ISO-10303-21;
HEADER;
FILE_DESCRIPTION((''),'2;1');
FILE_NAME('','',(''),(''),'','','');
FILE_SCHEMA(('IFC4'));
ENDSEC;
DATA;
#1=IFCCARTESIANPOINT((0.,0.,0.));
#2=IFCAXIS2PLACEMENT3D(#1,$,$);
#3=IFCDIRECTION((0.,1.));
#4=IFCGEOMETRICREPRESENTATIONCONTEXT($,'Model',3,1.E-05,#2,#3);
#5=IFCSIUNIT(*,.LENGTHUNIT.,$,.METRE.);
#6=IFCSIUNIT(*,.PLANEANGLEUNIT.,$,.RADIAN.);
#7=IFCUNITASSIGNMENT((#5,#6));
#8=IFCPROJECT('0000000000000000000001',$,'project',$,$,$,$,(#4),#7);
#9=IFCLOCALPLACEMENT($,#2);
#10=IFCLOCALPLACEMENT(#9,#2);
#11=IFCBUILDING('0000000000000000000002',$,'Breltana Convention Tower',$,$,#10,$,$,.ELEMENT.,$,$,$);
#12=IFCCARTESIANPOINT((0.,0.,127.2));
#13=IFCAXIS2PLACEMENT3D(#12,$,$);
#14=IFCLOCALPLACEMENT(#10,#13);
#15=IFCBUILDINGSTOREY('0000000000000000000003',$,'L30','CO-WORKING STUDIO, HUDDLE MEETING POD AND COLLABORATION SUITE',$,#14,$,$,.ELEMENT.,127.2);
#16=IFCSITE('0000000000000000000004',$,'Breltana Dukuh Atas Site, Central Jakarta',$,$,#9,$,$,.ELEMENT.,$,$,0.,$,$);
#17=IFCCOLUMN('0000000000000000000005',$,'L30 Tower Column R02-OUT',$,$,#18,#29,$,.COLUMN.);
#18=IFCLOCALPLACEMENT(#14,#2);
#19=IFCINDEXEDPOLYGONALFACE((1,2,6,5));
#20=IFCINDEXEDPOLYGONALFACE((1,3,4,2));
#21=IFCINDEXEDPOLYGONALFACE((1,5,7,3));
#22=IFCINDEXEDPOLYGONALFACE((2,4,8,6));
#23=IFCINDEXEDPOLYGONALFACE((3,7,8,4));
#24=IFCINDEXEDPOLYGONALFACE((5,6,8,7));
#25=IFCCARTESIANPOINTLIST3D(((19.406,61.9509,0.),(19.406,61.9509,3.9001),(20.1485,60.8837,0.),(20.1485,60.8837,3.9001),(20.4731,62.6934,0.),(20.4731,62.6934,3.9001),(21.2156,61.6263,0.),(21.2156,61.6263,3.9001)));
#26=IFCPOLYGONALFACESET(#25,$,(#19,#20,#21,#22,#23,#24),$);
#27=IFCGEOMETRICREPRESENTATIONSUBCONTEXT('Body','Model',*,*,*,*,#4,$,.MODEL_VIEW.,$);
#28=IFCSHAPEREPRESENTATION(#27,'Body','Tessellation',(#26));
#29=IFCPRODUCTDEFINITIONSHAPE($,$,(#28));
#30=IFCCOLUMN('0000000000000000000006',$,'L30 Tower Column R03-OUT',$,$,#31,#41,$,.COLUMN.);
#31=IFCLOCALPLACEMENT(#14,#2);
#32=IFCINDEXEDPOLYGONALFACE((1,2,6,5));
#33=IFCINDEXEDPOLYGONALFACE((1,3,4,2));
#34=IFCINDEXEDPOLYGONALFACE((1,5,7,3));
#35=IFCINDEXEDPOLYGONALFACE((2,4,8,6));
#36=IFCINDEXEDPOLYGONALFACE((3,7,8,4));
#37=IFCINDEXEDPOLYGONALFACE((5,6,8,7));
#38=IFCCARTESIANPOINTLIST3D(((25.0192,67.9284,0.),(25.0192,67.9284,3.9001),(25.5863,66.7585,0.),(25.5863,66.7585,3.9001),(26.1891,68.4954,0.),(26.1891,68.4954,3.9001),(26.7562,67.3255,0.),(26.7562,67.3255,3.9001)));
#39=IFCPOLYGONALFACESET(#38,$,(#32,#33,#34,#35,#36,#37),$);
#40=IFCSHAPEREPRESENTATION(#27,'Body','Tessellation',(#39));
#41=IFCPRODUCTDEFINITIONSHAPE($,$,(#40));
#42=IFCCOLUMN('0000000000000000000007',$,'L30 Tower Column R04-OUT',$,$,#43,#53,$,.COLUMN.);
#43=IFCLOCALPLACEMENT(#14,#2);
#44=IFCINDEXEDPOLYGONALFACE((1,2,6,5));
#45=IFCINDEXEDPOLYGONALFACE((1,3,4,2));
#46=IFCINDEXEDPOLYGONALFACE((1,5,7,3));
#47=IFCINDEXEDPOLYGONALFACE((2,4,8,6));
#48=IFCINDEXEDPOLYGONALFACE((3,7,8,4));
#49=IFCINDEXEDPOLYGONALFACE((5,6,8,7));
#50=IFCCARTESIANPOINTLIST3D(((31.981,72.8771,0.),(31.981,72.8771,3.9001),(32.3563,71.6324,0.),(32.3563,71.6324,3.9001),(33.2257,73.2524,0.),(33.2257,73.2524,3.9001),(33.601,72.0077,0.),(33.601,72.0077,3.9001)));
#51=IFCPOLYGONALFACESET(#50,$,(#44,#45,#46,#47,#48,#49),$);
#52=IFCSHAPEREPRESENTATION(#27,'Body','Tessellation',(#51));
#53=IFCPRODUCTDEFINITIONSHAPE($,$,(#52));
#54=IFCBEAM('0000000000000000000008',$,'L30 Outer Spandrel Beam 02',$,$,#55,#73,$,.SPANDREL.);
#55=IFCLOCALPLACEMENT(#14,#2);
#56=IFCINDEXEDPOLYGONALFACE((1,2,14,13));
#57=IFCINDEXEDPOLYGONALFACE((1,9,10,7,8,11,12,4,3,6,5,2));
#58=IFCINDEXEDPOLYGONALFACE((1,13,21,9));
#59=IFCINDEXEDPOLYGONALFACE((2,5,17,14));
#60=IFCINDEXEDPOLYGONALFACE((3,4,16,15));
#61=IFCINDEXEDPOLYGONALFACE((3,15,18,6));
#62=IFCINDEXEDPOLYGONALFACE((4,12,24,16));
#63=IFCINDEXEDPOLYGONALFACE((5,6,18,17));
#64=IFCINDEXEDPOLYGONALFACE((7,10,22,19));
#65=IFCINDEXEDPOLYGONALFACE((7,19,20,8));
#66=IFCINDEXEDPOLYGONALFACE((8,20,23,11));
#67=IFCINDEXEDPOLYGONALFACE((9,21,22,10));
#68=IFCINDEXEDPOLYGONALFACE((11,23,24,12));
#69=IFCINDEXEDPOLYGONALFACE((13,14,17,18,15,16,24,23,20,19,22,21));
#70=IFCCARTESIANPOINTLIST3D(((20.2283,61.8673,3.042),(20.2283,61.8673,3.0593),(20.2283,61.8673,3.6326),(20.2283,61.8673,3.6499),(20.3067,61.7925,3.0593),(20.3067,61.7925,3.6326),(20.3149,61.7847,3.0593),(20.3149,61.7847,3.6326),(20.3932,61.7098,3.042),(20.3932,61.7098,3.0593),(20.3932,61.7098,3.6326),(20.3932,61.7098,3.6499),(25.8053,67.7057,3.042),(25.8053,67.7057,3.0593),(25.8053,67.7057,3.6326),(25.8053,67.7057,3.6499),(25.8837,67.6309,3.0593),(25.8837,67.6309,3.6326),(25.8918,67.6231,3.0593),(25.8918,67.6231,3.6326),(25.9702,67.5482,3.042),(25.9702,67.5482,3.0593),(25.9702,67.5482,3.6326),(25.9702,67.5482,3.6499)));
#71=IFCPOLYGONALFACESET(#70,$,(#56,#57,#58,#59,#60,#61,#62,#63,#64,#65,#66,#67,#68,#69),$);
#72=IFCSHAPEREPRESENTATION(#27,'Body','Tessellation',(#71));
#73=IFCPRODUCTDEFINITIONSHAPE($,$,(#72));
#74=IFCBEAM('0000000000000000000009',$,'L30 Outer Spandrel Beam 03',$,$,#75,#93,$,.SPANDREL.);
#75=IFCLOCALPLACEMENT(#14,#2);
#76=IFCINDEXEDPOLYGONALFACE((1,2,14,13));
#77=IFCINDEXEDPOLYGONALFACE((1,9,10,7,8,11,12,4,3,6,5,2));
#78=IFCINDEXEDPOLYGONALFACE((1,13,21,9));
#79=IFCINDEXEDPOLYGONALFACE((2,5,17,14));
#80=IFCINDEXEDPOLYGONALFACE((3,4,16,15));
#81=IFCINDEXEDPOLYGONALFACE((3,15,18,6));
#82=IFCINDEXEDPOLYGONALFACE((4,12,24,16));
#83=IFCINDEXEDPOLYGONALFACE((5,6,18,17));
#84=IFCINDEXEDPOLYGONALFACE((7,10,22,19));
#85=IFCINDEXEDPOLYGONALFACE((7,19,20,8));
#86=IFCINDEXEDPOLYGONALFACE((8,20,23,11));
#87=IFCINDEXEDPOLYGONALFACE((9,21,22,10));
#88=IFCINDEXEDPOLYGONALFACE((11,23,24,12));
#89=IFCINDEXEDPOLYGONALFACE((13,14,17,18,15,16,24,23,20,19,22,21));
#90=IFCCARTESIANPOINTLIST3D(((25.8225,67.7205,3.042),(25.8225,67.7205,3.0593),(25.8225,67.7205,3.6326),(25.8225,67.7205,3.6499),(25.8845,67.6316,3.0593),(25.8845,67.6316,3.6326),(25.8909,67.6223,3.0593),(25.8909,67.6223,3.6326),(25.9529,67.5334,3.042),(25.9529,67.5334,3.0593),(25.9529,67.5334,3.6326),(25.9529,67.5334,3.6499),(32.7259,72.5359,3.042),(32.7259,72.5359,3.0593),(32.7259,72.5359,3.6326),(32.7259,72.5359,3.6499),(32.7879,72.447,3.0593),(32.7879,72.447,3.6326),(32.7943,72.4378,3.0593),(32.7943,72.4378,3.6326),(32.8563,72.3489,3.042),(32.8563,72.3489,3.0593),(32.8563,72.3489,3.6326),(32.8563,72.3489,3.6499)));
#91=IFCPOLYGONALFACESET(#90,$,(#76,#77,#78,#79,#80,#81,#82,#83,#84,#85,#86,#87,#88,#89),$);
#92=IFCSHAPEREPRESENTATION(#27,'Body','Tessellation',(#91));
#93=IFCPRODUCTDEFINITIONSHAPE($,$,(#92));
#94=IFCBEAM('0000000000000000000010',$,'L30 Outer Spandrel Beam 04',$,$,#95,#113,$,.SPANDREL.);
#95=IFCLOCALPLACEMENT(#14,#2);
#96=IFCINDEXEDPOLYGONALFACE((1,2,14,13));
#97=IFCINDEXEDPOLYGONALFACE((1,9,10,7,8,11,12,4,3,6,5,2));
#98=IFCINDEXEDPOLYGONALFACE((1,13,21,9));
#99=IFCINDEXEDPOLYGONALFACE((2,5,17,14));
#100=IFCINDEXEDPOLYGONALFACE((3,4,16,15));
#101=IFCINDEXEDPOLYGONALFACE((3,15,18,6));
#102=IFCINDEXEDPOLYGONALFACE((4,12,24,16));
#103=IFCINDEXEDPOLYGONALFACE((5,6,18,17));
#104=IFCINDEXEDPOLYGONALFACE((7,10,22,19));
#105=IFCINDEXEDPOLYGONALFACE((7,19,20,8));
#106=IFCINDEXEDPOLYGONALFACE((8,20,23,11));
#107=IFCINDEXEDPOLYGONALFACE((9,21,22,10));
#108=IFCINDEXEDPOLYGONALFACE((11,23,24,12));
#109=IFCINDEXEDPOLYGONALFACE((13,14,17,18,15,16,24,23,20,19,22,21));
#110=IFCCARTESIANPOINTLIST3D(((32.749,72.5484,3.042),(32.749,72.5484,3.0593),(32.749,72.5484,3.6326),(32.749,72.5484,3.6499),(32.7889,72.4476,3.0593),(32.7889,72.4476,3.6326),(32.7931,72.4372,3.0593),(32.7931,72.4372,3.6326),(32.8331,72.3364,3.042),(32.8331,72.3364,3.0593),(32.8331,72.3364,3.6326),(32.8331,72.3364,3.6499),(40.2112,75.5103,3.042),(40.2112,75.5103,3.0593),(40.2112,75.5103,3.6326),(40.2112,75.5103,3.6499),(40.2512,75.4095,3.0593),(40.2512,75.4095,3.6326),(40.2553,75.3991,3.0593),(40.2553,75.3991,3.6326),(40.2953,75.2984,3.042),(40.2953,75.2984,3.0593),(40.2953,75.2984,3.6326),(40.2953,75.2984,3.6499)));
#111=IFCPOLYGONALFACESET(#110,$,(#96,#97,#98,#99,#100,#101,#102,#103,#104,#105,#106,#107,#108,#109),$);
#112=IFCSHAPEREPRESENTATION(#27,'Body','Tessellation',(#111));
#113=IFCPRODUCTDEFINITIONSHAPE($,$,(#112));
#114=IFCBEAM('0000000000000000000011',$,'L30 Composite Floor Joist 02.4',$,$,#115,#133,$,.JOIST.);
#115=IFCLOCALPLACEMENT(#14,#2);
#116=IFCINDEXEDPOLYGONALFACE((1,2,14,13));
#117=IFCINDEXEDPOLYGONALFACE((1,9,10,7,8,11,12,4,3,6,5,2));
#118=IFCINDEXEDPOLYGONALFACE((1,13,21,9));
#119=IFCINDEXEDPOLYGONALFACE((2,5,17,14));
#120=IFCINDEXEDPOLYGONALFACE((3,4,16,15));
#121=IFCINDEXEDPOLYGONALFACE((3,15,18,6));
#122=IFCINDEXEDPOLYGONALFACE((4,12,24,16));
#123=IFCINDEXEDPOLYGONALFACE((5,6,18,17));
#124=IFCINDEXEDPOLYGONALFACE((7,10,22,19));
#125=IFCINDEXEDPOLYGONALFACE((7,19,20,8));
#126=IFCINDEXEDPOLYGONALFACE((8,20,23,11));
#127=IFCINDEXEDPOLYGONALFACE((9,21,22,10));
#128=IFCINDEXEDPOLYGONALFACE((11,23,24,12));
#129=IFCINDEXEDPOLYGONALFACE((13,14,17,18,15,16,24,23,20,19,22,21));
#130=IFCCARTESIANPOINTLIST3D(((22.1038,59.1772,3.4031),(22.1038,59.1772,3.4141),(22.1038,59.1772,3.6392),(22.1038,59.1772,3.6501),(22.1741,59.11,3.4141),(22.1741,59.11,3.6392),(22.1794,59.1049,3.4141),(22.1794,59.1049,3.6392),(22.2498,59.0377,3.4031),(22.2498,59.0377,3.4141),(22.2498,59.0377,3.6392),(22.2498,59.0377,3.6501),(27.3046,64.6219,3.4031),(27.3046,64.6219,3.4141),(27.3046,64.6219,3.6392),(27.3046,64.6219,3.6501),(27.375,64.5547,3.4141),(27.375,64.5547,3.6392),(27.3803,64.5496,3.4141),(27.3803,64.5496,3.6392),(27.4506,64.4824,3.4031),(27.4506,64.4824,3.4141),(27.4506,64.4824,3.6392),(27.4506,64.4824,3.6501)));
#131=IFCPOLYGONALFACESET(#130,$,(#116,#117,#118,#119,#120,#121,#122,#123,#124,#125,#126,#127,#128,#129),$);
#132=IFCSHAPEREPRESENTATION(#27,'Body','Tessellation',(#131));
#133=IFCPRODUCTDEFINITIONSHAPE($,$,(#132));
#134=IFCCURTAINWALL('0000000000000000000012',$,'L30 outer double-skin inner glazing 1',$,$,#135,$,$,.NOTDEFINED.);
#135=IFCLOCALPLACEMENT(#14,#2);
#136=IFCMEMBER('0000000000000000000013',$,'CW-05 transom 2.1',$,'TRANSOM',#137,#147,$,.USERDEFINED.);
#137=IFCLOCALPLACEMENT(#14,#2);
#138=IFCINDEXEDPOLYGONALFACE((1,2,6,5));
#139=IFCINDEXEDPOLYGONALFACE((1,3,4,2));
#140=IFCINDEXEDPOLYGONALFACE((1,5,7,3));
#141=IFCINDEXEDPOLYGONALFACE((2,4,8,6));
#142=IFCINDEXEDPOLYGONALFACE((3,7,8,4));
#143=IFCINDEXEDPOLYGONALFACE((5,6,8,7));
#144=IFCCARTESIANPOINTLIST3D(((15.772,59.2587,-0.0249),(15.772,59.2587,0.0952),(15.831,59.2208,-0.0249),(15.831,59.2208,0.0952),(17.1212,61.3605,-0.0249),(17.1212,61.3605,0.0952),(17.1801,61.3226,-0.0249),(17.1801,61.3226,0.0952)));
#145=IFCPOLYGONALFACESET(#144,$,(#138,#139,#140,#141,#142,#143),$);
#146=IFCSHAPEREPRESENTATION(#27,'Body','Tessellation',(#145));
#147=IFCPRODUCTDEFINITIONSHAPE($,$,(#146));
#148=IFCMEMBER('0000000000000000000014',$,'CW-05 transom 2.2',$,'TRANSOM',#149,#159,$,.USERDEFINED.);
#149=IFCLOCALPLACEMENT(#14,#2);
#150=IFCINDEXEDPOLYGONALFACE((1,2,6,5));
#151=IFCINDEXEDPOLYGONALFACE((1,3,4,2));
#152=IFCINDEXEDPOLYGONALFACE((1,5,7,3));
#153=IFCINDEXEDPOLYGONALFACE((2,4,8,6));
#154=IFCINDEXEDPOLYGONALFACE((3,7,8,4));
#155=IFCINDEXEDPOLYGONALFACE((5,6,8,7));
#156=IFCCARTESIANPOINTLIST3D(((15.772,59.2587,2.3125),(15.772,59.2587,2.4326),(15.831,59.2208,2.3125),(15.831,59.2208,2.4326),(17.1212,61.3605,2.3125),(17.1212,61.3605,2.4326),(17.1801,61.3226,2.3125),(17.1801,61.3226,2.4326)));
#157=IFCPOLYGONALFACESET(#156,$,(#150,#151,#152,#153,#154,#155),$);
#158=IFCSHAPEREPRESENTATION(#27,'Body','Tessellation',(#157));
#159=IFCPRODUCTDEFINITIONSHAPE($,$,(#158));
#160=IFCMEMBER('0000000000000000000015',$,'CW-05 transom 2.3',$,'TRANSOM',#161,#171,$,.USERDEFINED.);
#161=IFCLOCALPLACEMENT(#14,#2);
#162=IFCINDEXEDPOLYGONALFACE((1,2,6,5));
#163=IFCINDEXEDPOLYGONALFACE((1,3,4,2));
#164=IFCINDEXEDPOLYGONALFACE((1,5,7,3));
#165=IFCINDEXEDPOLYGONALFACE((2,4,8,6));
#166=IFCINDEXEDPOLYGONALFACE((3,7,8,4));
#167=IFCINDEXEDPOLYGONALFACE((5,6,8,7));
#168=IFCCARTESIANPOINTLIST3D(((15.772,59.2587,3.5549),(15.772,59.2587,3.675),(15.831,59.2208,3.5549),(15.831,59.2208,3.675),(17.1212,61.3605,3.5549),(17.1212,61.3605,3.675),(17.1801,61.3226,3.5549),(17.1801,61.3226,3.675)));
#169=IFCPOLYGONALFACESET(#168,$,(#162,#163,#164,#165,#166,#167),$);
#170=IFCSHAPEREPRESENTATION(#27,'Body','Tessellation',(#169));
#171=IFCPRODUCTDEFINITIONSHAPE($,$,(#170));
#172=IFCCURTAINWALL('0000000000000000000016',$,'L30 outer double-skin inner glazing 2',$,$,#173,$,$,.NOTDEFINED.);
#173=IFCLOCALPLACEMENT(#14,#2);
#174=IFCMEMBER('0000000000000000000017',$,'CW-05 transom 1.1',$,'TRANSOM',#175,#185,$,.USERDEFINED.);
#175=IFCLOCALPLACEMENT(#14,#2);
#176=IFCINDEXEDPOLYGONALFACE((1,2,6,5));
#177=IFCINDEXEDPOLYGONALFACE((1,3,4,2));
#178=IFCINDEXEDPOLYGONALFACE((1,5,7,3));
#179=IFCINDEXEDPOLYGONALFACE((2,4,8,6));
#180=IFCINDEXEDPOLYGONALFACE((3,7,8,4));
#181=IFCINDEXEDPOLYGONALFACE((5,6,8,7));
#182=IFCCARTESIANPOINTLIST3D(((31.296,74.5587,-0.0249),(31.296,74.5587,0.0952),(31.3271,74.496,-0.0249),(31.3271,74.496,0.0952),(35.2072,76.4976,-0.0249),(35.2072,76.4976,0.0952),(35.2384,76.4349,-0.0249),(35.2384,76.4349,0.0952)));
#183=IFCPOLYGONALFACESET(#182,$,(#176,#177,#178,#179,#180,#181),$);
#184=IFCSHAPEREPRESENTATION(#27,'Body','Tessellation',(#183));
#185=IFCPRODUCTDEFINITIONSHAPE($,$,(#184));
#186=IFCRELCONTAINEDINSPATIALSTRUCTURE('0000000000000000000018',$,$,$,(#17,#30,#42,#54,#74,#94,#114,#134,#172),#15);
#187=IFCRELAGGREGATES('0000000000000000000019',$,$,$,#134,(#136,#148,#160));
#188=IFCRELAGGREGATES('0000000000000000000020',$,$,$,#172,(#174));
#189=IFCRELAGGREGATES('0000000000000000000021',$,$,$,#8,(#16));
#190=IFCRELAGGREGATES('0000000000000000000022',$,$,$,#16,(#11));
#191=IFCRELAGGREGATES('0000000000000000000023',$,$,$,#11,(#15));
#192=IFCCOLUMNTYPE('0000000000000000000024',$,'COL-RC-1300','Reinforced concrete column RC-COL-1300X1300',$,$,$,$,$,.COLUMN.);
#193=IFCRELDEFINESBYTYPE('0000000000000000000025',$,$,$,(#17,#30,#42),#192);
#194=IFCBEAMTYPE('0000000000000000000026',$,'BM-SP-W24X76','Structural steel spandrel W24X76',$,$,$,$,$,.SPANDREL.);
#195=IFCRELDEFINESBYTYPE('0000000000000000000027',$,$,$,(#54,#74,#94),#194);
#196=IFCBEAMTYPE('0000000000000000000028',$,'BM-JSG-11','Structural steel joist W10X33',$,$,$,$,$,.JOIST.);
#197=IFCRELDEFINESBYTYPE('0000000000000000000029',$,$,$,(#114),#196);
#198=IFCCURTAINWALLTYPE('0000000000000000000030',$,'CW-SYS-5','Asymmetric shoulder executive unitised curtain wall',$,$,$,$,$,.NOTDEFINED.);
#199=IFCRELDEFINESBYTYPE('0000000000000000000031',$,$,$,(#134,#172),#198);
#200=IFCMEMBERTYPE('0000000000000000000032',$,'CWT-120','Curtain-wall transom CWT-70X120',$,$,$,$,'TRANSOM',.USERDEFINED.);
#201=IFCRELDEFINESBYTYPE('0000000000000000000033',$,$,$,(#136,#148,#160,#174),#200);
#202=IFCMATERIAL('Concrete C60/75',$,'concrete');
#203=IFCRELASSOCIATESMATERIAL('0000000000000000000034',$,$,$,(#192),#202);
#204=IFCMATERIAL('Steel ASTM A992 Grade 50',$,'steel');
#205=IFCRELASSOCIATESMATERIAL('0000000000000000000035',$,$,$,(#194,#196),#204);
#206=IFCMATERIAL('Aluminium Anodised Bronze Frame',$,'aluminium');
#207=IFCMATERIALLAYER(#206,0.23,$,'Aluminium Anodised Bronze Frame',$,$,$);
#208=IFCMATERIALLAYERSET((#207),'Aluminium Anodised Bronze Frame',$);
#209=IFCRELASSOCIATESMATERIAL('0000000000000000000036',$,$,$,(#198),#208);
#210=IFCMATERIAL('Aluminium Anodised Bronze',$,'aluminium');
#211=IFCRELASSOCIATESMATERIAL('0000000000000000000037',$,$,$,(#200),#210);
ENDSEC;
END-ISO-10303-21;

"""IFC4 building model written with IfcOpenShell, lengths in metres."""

from ifc_helpers import new_model, si_unit, direction, frame, origin, origin_2d, place, context, subcontext, project, spatial, rectangle, i_section, extrude, source, transform, mapped, material, layer, layer_set, material_profile, profile_set, type_object, element, aggregate, save


model = new_model("IFC4")

# Units and contexts
model_context = context("Model", 3, precision=1e-05, world=origin(), true_north=direction((0.0, 1.0)))
body_context = subcontext(model_context, "Body", "Model", "MODEL_VIEW")
ifc_project = project(units=[si_unit("LENGTHUNIT", "METRE"), si_unit("PLANEANGLEUNIT", "RADIAN")], contexts=[model_context])

# Site, building, storey
site_placement = place(None, origin())
site = spatial("IfcSite", under=ifc_project, at=site_placement, Name="Breltana Dukuh Atas Site, Central Jakarta", CompositionType="ELEMENT", RefElevation=0.0)
building_placement = place(site_placement, origin())
building = spatial("IfcBuilding", under=site, at=building_placement, Name="Breltana Convention Tower", CompositionType="ELEMENT")
storey_placement = place(building_placement, frame((0.0, 0.0, 127.2)))
storey = spatial("IfcBuildingStorey", under=building, at=storey_placement, Name="L30", Description="CO-WORKING STUDIO, HUDDLE MEETING POD AND COLLABORATION SUITE", CompositionType="ELEMENT", Elevation=127.2)

# Columns
ifc_material_1 = material(Name="Concrete C60/75", Category="concrete")
ifc_material_profile_1 = material_profile(ifc_material_1, rectangle(XDim=1.3, YDim=1.3, at=origin_2d()), Name="RC-COL-1300X1300")
ifc_profile_set_1 = profile_set([ifc_material_profile_1], Name="Concrete C60/75")
column_type = type_object("IfcColumnType", Name="COL-RC-1300", Description="Reinforced concrete column RC-COL-1300X1300", PredefinedType="COLUMN", material=ifc_profile_set_1)
shared_shape_1 = source(origin(), body_context, "Body", "SweptSolid", [
    extrude(rectangle(XDim=1.3, YDim=1.3, at=origin_2d()), origin(), (0.0, 0.0, 1.0), 3.9001),
])
for number, where, z_axis, x_axis, name in (
    (1, (20.3108, 61.7886, 0.0), (0.0, 0.0, 1.0), (-0.571143, 0.82085, 0.0), "L30 Tower Column R02-OUT"),
    (2, (25.8877, 67.627, 0.0), (0.0, 0.0, 1.0), (-0.436174, 0.899863, 0.0), "L30 Tower Column R03-OUT"),
    (3, (32.791, 72.4424, 0.0), (0.0, 0.0, 1.0), (-0.288698, 0.95742, 0.0), "L30 Tower Column R04-OUT"),
):
    element("IfcColumn", number, at=place(storey_placement, frame(where, z_axis=z_axis, x_axis=x_axis)), inside=storey, type_object=column_type, Name=name, PredefinedType="COLUMN", context=body_context, shape_type="MappedRepresentation", body=[
        mapped(shared_shape_1, transform((0.0, 0.0, 0.0), scale=1.0)),
    ])

# Beams
ifc_material_2 = material(Name="Steel ASTM A992 Grade 50", Category="steel")
ifc_material_profile_2 = material_profile(ifc_material_2, i_section(OverallWidth=0.228, OverallDepth=0.6079, WebThickness=0.0112, FlangeThickness=0.0173, at=origin_2d()), Name="W24X76")
ifc_profile_set_2 = profile_set([ifc_material_profile_2], Name="Steel ASTM A992 Grade 50")
beam_type_1 = type_object("IfcBeamType", Name="BM-SP-W24X76", Description="Structural steel spandrel W24X76", PredefinedType="SPANDREL", material=ifc_profile_set_2)
shared_shape_2 = source(origin(), body_context, "Body", "SweptSolid", [
    extrude(i_section(OverallWidth=0.228, OverallDepth=0.6079, WebThickness=0.0112, FlangeThickness=0.0173, at=origin_2d()), origin(), (0.0, 0.0, 1.0), 8.074),
])
beam_1_placement = place(storey_placement, frame((20.3108, 61.7886, 3.3459), z_axis=(0.690729, 0.723114, 0.0), x_axis=(-0.723114, 0.690729, 0.0)))
element("IfcBeam", 4, at=beam_1_placement, inside=storey, type_object=beam_type_1, Name="L30 Outer Spandrel Beam 02", PredefinedType="SPANDREL", context=body_context, shape_type="MappedRepresentation", body=[
    mapped(shared_shape_2, transform((0.0, 0.0, 0.0), scale=1.0)),
])
shared_shape_3 = source(origin(), body_context, "Body", "SweptSolid", [
    extrude(i_section(OverallWidth=0.228, OverallDepth=0.6079, WebThickness=0.0112, FlangeThickness=0.0173, at=origin_2d()), origin(), (0.0, 0.0, 1.0), 8.417),
])
beam_2_placement = place(storey_placement, frame((25.8877, 67.627, 3.3459), z_axis=(0.820174, 0.572114, 0.0), x_axis=(-0.572114, 0.820174, 0.0)))
element("IfcBeam", 5, at=beam_2_placement, inside=storey, type_object=beam_type_1, Name="L30 Outer Spandrel Beam 03", PredefinedType="SPANDREL", context=body_context, shape_type="MappedRepresentation", body=[
    mapped(shared_shape_3, transform((0.0, 0.0, 0.0), scale=1.0)),
])
shared_shape_4 = source(origin(), body_context, "Body", "SweptSolid", [
    extrude(i_section(OverallWidth=0.228, OverallDepth=0.6079, WebThickness=0.0112, FlangeThickness=0.0173, at=origin_2d()), origin(), (0.0, 0.0, 1.0), 8.0286),
])
beam_3_placement = place(storey_placement, frame((32.791, 72.4424, 3.3459), z_axis=(0.929459, 0.368925, 0.0), x_axis=(-0.368925, 0.929459, 0.0)))
element("IfcBeam", 6, at=beam_3_placement, inside=storey, type_object=beam_type_1, Name="L30 Outer Spandrel Beam 04", PredefinedType="SPANDREL", context=body_context, shape_type="MappedRepresentation", body=[
    mapped(shared_shape_4, transform((0.0, 0.0, 0.0), scale=1.0)),
])
ifc_material_profile_3 = material_profile(ifc_material_2, i_section(OverallWidth=0.2019, OverallDepth=0.2471, WebThickness=0.0073, FlangeThickness=0.011, at=origin_2d()), Name="W10X33")
ifc_profile_set_3 = profile_set([ifc_material_profile_3], Name="Steel ASTM A992 Grade 50")
beam_type_2 = type_object("IfcBeamType", Name="BM-JSG-11", Description="Structural steel joist W10X33", PredefinedType="JOIST", material=ifc_profile_set_3)
shared_shape_5 = source(origin(), body_context, "Body", "SweptSolid", [
    extrude(i_section(OverallWidth=0.2019, OverallDepth=0.2471, WebThickness=0.0073, FlangeThickness=0.011, at=origin_2d()), origin(), (0.0, 0.0, 1.0), 7.5295),
])
beam_4_placement = place(storey_placement, frame((22.1768, 59.1074, 3.5266), z_axis=(0.690726, 0.723117, 0.0), x_axis=(-0.723117, 0.690726, 0.0)))
element("IfcBeam", 7, at=beam_4_placement, inside=storey, type_object=beam_type_2, Name="L30 Composite Floor Joist 02.4", PredefinedType="JOIST", context=body_context, shape_type="MappedRepresentation", body=[
    mapped(shared_shape_5, transform((0.0, 0.0, 0.0), scale=1.0)),
])

# Curtain walls, members
ifc_material_3 = material(Name="Aluminium Anodised Bronze Frame", Category="aluminium")
ifc_layer_1 = layer(ifc_material_3, 0.23, Name="Aluminium Anodised Bronze Frame")
ifc_layer_set_1 = layer_set([ifc_layer_1], Name="Aluminium Anodised Bronze Frame")
curtain_wall_type = type_object("IfcCurtainWallType", Name="CW-SYS-5", Description="Asymmetric shoulder executive unitised curtain wall", PredefinedType="NOTDEFINED", material=ifc_layer_set_1)
curtain_wall_1_placement = place(storey_placement, origin())
curtain_wall_1 = element("IfcCurtainWall", 8, at=curtain_wall_1_placement, inside=storey, type_object=curtain_wall_type, Name="L30 outer double-skin inner glazing 1", PredefinedType="NOTDEFINED")
ifc_material_4 = material(Name="Aluminium Anodised Bronze", Category="aluminium")
ifc_material_profile_4 = material_profile(ifc_material_4, rectangle(XDim=0.0701, YDim=0.1201, at=origin_2d()), Name="CWT-70X120")
ifc_profile_set_4 = profile_set([ifc_material_profile_4], Name="Aluminium Anodised Bronze")
member_type_1 = type_object("IfcMemberType", Name="CWT-120", Description="Curtain-wall transom CWT-70X120", ElementType="TRANSOM", PredefinedType="USERDEFINED", material=ifc_profile_set_4)
shared_shape_6 = source(origin(), body_context, "Body", "SweptSolid", [
    extrude(rectangle(XDim=0.0701, YDim=0.1201, at=origin_2d()), origin(), (0.0, 0.0, 1.0), 2.4976),
])
member_1_placement = place(storey_placement, frame((15.8015, 59.2397, 0.0352), z_axis=(0.540179, 0.84155, 0.0), x_axis=(-0.84155, 0.540179, 0.0)))
member_1 = element("IfcMember", 9, at=member_1_placement, type_object=member_type_1, Name="CW-05 transom 2.1", ObjectType="TRANSOM", PredefinedType="USERDEFINED", context=body_context, shape_type="MappedRepresentation", body=[
    mapped(shared_shape_6, transform((0.0, 0.0, 0.0), scale=1.0)),
])
member_2_placement = place(storey_placement, frame((15.8015, 59.2397, 2.3726), z_axis=(0.540179, 0.84155, 0.0), x_axis=(-0.84155, 0.540179, 0.0)))
member_2 = element("IfcMember", 10, at=member_2_placement, type_object=member_type_1, Name="CW-05 transom 2.2", ObjectType="TRANSOM", PredefinedType="USERDEFINED", context=body_context, shape_type="MappedRepresentation", body=[
    mapped(shared_shape_6, transform((0.0, 0.0, 0.0), scale=1.0)),
])
member_3_placement = place(storey_placement, frame((15.8015, 59.2397, 3.615), z_axis=(0.540179, 0.84155, 0.0), x_axis=(-0.84155, 0.540179, 0.0)))
member_3 = element("IfcMember", 11, at=member_3_placement, type_object=member_type_1, Name="CW-05 transom 2.3", ObjectType="TRANSOM", PredefinedType="USERDEFINED", context=body_context, shape_type="MappedRepresentation", body=[
    mapped(shared_shape_6, transform((0.0, 0.0, 0.0), scale=1.0)),
])
curtain_wall_2_placement = place(storey_placement, origin())
curtain_wall_2 = element("IfcCurtainWall", 12, at=curtain_wall_2_placement, inside=storey, type_object=curtain_wall_type, Name="L30 outer double-skin inner glazing 2", PredefinedType="NOTDEFINED")
shared_shape_7 = source(origin(), body_context, "Body", "SweptSolid", [
    extrude(rectangle(XDim=0.0701, YDim=0.1201, at=origin_2d()), origin(), (0.0, 0.0, 1.0), 4.3655),
])
member_4_placement = place(storey_placement, frame((31.3115, 74.5273, 0.0352), z_axis=(0.895954, 0.444146, 0.0), x_axis=(-0.444146, 0.895954, 0.0)))
member_4 = element("IfcMember", 13, at=member_4_placement, type_object=member_type_1, Name="CW-05 transom 1.1", ObjectType="TRANSOM", PredefinedType="USERDEFINED", context=body_context, shape_type="MappedRepresentation", body=[
    mapped(shared_shape_7, transform((0.0, 0.0, 0.0), scale=1.0)),
])

aggregate(curtain_wall_1, [member_1, member_2, member_3])
aggregate(curtain_wall_2, [member_4])

save(model, "model.ifc")
